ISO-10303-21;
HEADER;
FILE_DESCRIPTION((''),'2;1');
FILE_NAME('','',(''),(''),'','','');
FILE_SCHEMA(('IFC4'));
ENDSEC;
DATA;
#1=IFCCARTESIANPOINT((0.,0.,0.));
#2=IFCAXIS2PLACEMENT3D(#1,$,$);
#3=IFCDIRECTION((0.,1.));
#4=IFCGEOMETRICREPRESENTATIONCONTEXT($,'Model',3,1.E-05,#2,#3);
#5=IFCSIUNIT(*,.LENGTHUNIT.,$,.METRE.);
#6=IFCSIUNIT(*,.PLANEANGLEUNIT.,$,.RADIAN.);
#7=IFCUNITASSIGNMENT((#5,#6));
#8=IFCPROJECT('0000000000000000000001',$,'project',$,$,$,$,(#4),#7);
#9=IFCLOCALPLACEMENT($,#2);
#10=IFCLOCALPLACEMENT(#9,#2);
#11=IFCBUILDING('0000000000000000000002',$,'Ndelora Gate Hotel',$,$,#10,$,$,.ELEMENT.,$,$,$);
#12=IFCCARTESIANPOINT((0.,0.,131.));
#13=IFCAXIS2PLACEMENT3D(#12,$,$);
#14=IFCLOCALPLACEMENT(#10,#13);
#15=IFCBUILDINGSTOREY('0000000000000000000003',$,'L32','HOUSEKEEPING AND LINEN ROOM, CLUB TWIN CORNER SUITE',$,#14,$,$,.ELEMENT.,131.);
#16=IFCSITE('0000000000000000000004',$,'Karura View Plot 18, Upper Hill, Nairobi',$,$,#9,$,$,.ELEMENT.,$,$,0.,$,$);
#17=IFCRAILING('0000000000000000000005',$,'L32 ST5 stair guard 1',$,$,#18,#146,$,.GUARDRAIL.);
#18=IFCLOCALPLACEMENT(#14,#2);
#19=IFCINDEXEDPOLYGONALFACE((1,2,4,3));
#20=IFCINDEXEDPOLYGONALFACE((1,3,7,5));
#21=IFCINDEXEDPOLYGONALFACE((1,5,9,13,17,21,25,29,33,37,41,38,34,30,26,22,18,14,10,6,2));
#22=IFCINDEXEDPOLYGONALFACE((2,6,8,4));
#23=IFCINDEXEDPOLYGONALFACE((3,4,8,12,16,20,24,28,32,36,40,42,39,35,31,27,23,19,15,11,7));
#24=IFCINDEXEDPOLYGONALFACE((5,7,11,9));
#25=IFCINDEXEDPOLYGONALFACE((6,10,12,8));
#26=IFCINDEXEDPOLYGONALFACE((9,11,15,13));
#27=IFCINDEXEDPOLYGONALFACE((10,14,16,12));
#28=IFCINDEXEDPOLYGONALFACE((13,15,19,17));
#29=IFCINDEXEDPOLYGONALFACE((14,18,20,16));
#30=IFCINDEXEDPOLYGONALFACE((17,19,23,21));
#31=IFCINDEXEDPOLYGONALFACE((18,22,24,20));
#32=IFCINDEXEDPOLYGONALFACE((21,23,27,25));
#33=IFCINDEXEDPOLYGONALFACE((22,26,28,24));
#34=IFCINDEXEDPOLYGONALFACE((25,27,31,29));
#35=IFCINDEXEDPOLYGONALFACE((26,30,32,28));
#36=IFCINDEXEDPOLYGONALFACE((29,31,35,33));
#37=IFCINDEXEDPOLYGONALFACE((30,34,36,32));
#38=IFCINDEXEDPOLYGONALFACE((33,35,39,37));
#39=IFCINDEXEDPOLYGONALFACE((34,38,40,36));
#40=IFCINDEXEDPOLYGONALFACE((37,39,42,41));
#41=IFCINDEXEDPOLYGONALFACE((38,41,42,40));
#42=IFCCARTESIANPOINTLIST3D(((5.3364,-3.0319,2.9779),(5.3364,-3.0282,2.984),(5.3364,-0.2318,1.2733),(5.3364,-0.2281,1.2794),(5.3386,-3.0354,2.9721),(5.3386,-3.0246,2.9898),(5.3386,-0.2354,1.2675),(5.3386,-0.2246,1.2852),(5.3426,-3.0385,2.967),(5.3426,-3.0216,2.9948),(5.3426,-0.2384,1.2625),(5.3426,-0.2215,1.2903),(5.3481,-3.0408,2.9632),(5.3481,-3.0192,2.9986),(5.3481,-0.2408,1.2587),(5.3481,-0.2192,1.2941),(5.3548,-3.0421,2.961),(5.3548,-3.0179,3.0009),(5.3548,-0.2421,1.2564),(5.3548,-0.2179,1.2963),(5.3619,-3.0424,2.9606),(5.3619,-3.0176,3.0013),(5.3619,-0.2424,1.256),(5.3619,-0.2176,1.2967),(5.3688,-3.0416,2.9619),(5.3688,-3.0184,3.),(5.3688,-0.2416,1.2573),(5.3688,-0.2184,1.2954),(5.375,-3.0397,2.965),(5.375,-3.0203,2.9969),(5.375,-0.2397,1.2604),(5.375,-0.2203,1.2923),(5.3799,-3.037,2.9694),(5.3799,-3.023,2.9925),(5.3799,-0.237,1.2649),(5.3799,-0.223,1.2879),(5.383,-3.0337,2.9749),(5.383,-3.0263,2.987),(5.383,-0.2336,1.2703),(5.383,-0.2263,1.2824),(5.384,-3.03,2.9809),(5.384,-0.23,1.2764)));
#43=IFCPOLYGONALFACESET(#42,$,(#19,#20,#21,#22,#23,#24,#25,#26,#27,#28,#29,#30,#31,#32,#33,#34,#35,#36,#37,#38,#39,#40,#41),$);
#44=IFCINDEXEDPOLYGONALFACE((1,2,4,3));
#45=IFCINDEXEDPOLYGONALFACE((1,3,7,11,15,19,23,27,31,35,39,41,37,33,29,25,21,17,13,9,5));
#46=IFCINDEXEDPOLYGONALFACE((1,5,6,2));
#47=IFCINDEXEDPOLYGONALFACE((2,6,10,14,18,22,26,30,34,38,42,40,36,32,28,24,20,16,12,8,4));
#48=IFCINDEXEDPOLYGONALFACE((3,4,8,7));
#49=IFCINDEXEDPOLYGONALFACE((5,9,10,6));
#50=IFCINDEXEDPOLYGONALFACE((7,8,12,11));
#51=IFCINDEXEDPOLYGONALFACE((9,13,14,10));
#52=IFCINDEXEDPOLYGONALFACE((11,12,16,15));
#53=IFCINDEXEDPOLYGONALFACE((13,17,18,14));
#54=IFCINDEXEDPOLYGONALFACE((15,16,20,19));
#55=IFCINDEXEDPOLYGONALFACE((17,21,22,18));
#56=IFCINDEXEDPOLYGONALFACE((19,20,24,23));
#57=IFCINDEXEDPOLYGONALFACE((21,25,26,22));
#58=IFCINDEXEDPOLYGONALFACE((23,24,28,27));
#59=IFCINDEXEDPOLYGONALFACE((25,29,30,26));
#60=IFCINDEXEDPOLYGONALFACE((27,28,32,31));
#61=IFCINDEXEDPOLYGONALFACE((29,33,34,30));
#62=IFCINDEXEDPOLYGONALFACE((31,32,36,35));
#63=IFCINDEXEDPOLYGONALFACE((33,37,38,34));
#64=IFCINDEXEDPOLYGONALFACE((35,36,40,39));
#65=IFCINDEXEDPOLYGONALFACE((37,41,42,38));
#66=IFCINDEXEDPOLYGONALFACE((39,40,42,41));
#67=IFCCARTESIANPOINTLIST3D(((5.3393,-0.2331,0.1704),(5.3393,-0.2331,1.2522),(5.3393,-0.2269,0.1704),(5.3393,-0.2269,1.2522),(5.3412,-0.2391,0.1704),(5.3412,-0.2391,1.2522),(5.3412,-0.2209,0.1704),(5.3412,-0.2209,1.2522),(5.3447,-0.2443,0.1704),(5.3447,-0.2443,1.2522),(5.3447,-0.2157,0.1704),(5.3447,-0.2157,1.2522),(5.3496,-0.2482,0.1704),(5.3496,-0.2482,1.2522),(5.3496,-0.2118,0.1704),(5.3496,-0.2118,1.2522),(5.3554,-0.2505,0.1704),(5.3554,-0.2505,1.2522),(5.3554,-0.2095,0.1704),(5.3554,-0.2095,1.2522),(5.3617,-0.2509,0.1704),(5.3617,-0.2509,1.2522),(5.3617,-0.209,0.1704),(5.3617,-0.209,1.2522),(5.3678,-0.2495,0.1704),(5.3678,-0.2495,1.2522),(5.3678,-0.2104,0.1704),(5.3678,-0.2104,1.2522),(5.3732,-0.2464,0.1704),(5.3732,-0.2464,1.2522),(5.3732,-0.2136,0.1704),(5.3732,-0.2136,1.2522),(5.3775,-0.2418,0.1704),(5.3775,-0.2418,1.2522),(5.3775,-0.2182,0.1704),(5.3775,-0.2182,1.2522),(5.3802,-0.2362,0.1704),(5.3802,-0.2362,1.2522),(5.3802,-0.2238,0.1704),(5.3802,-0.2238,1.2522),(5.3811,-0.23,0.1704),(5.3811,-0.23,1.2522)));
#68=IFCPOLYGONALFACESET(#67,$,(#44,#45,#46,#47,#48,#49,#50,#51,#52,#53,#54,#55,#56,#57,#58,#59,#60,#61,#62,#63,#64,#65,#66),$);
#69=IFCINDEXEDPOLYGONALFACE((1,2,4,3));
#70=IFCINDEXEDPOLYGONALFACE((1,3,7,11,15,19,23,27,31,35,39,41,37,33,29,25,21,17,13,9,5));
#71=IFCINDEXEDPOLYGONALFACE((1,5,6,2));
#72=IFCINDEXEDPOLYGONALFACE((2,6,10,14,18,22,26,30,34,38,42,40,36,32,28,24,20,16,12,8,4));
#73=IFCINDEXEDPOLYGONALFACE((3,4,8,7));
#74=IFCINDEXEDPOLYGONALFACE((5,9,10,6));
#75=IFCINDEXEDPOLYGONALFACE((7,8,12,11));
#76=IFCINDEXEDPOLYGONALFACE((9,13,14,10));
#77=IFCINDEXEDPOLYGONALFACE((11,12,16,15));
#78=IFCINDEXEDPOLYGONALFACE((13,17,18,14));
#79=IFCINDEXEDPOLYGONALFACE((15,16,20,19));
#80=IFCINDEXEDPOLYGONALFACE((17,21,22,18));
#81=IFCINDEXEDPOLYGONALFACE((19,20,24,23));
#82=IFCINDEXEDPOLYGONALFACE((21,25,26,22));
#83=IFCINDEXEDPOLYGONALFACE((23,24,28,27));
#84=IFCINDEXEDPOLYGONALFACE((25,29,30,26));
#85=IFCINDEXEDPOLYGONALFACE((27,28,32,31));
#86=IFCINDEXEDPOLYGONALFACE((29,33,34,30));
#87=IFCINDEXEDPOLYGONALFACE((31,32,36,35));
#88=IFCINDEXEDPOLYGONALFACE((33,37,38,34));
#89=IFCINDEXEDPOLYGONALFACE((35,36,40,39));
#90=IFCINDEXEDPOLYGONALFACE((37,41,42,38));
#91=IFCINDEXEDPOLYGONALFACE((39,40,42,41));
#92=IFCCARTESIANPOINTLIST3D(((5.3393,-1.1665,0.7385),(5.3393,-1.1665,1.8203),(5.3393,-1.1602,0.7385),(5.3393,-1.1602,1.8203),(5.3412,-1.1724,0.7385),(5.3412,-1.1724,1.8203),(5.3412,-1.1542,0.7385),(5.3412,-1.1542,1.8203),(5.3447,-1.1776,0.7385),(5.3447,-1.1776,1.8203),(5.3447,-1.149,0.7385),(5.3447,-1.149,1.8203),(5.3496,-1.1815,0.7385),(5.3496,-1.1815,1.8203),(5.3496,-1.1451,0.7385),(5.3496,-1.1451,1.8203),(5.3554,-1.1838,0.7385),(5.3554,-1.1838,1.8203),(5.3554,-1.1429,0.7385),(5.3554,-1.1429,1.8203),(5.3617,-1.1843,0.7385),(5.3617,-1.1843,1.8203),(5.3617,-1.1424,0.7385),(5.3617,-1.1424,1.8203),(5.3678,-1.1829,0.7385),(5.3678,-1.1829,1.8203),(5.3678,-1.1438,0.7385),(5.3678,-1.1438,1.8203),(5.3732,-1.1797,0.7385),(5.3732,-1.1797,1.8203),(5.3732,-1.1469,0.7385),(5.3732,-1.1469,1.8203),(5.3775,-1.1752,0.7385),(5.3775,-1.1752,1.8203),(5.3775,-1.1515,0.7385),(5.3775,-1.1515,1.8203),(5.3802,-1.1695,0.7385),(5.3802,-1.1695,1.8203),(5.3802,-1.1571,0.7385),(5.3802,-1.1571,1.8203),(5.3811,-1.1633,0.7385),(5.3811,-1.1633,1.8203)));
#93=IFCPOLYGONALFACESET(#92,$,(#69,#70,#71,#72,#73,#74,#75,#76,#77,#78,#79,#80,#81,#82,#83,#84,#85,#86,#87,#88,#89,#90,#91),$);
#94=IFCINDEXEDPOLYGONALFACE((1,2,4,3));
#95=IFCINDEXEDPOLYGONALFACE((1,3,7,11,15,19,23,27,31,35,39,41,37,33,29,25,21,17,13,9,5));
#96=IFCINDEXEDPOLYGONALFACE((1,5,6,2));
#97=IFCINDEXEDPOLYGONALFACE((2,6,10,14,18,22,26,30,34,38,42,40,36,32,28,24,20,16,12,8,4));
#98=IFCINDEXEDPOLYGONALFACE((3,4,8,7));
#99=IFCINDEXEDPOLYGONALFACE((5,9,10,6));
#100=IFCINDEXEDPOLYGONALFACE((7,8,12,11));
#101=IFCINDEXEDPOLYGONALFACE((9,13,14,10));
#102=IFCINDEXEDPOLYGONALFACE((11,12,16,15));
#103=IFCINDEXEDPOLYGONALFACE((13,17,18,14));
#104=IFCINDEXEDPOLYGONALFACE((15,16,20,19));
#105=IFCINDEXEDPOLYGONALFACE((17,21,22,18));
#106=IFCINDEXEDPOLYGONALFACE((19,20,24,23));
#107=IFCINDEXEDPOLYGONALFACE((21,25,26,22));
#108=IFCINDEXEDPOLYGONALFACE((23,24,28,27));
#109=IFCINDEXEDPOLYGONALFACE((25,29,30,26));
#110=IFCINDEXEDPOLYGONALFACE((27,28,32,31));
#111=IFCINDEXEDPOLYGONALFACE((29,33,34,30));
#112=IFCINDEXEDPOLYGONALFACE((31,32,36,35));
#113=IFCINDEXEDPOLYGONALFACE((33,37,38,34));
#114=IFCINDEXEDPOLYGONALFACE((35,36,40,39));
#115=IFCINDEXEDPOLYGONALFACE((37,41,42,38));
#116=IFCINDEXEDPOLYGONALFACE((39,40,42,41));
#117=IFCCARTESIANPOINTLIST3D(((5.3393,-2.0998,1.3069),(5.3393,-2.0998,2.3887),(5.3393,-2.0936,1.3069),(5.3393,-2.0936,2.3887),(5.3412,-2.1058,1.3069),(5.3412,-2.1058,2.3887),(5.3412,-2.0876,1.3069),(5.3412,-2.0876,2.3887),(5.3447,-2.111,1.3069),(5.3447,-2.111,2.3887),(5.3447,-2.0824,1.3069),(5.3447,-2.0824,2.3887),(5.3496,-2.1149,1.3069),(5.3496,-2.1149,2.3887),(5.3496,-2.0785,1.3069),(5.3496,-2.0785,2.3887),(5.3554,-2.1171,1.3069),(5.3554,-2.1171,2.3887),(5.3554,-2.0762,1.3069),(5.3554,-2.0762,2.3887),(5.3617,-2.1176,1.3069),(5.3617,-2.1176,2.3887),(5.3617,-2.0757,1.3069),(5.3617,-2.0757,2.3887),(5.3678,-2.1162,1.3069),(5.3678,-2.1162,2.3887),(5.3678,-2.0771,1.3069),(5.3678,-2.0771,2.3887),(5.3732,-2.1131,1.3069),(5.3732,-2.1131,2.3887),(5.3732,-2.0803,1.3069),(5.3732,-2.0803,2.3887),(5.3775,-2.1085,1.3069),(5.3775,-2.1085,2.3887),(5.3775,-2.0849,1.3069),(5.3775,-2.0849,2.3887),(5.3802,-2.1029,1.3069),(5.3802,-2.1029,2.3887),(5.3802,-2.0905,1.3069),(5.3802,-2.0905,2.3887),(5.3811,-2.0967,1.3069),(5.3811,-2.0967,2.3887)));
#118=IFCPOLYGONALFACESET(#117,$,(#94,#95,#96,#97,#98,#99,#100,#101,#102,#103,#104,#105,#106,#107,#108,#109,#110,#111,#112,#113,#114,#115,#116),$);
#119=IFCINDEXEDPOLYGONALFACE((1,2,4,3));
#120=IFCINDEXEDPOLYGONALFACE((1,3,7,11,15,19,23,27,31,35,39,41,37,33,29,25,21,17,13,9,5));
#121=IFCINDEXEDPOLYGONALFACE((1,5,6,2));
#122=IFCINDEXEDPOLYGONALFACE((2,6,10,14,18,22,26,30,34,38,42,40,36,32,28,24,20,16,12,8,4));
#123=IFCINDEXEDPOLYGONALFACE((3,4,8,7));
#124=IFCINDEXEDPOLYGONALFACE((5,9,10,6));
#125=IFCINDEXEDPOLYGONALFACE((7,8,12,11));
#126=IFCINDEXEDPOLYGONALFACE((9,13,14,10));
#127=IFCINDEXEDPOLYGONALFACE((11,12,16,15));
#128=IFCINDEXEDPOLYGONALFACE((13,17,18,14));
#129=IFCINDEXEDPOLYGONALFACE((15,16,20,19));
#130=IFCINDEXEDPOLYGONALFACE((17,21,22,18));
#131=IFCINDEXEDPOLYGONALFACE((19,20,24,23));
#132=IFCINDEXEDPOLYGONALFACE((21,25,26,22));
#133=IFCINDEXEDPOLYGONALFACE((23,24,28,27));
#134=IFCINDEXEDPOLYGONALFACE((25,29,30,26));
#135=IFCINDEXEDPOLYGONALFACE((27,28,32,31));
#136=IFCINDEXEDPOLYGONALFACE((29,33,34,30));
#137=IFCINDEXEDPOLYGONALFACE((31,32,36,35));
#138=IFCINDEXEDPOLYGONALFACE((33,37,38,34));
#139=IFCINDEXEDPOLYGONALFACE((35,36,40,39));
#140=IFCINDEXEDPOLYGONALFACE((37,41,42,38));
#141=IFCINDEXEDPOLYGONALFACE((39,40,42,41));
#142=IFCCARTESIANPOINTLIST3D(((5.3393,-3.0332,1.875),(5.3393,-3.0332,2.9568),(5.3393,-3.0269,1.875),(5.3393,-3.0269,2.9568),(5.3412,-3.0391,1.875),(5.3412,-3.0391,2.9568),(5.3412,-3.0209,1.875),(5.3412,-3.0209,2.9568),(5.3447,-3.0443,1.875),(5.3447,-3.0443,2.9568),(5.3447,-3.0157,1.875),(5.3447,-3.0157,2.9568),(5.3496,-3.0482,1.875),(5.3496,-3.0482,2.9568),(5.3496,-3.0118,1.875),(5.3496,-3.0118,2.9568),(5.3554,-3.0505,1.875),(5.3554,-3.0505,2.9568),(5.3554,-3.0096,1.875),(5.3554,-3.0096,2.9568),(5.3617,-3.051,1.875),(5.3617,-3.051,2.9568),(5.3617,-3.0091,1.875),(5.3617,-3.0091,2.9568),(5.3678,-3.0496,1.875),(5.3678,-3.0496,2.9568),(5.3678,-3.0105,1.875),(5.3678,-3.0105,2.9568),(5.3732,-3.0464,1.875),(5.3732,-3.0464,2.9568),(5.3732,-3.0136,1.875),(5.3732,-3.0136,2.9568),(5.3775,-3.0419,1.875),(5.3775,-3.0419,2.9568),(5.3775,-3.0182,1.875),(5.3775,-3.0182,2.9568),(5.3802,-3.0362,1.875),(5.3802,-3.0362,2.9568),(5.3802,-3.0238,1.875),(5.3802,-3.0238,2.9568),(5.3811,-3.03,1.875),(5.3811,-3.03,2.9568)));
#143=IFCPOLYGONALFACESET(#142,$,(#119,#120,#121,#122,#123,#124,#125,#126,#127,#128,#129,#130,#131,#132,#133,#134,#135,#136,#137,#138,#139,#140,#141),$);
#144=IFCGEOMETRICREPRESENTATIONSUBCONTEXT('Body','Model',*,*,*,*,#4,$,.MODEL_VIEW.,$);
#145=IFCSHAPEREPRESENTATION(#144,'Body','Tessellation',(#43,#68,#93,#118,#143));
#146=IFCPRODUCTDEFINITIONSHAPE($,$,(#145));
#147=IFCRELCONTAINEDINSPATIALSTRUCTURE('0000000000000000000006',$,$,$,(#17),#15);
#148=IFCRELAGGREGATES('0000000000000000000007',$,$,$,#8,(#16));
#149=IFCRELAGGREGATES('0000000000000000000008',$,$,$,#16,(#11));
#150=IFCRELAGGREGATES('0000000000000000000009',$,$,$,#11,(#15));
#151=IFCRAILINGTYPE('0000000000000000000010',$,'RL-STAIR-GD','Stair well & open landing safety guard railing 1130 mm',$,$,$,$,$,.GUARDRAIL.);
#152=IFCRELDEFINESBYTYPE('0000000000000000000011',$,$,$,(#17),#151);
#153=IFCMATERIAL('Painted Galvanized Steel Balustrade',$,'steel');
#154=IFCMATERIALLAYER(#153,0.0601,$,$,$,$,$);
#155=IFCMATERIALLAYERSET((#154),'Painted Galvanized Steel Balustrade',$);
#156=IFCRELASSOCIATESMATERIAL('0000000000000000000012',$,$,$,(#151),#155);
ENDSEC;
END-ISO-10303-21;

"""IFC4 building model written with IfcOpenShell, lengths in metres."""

from ifc_helpers import new_model, si_unit, direction, frame, origin, origin_2d, place, context, subcontext, project, spatial, circle, extrude, material, layer, layer_set, type_object, element, save


model = new_model("IFC4")

# Units and contexts
model_context = context("Model", 3, precision=1e-05, world=origin(), true_north=direction((0.0, 1.0)))
body_context = subcontext(model_context, "Body", "Model", "MODEL_VIEW")
ifc_project = project(units=[si_unit("LENGTHUNIT", "METRE"), si_unit("PLANEANGLEUNIT", "RADIAN")], contexts=[model_context])

# Site, building, storey
site_placement = place(None, origin())
site = spatial("IfcSite", under=ifc_project, at=site_placement, Name="Karura View Plot 18, Upper Hill, Nairobi", CompositionType="ELEMENT", RefElevation=0.0)
building_placement = place(site_placement, origin())
building = spatial("IfcBuilding", under=site, at=building_placement, Name="Ndelora Gate Hotel", CompositionType="ELEMENT")
storey_placement = place(building_placement, frame((0.0, 0.0, 131.0)))
storey = spatial("IfcBuildingStorey", under=building, at=storey_placement, Name="L32", Description="HOUSEKEEPING AND LINEN ROOM, CLUB TWIN CORNER SUITE", CompositionType="ELEMENT", Elevation=131.0)

# Railing
ifc_material_1 = material(Name="Painted Galvanized Steel Balustrade", Category="steel")
ifc_layer_1 = layer(ifc_material_1, 0.0601)
ifc_layer_set_1 = layer_set([ifc_layer_1], Name="Painted Galvanized Steel Balustrade")
railing_type_1 = type_object("IfcRailingType", Name="RL-STAIR-GD", Description="Stair well & open landing safety guard railing 1130 mm", PredefinedType="GUARDRAIL", material=ifc_layer_set_1)
railing_1_placement = place(storey_placement, frame((5.3601, -0.23, 0.1704)))
element("IfcRailing", 1, at=railing_1_placement, inside=storey, type_object=railing_type_1, Name="L32 ST5 stair guard 1", PredefinedType="GUARDRAIL", context=body_context, shape_type="SweptSolid", body=[
    extrude(circle(Radius=0.0239, at=origin_2d()), frame((0.0, 0.0, 1.106), z_axis=(0.0, -0.85417, 0.519994), x_axis=(1.0, 0.0, 0.0)), (0.0, 0.0, 1.0), 3.2781),
    extrude(circle(Radius=0.021, at=origin_2d()), origin(), (0.0, 0.0, 1.0), 1.0818),
    extrude(circle(Radius=0.021, at=origin_2d()), frame((0.0, -0.9333, 0.5681)), (0.0, 0.0, 1.0), 1.0818),
    extrude(circle(Radius=0.021, at=origin_2d()), frame((0.0, -1.8667, 1.1365)), (0.0, 0.0, 1.0), 1.0818),
    extrude(circle(Radius=0.021, at=origin_2d()), frame((0.0, -2.8, 1.7046)), (0.0, 0.0, 1.0), 1.0818),
])

save(model, "model.ifc")
